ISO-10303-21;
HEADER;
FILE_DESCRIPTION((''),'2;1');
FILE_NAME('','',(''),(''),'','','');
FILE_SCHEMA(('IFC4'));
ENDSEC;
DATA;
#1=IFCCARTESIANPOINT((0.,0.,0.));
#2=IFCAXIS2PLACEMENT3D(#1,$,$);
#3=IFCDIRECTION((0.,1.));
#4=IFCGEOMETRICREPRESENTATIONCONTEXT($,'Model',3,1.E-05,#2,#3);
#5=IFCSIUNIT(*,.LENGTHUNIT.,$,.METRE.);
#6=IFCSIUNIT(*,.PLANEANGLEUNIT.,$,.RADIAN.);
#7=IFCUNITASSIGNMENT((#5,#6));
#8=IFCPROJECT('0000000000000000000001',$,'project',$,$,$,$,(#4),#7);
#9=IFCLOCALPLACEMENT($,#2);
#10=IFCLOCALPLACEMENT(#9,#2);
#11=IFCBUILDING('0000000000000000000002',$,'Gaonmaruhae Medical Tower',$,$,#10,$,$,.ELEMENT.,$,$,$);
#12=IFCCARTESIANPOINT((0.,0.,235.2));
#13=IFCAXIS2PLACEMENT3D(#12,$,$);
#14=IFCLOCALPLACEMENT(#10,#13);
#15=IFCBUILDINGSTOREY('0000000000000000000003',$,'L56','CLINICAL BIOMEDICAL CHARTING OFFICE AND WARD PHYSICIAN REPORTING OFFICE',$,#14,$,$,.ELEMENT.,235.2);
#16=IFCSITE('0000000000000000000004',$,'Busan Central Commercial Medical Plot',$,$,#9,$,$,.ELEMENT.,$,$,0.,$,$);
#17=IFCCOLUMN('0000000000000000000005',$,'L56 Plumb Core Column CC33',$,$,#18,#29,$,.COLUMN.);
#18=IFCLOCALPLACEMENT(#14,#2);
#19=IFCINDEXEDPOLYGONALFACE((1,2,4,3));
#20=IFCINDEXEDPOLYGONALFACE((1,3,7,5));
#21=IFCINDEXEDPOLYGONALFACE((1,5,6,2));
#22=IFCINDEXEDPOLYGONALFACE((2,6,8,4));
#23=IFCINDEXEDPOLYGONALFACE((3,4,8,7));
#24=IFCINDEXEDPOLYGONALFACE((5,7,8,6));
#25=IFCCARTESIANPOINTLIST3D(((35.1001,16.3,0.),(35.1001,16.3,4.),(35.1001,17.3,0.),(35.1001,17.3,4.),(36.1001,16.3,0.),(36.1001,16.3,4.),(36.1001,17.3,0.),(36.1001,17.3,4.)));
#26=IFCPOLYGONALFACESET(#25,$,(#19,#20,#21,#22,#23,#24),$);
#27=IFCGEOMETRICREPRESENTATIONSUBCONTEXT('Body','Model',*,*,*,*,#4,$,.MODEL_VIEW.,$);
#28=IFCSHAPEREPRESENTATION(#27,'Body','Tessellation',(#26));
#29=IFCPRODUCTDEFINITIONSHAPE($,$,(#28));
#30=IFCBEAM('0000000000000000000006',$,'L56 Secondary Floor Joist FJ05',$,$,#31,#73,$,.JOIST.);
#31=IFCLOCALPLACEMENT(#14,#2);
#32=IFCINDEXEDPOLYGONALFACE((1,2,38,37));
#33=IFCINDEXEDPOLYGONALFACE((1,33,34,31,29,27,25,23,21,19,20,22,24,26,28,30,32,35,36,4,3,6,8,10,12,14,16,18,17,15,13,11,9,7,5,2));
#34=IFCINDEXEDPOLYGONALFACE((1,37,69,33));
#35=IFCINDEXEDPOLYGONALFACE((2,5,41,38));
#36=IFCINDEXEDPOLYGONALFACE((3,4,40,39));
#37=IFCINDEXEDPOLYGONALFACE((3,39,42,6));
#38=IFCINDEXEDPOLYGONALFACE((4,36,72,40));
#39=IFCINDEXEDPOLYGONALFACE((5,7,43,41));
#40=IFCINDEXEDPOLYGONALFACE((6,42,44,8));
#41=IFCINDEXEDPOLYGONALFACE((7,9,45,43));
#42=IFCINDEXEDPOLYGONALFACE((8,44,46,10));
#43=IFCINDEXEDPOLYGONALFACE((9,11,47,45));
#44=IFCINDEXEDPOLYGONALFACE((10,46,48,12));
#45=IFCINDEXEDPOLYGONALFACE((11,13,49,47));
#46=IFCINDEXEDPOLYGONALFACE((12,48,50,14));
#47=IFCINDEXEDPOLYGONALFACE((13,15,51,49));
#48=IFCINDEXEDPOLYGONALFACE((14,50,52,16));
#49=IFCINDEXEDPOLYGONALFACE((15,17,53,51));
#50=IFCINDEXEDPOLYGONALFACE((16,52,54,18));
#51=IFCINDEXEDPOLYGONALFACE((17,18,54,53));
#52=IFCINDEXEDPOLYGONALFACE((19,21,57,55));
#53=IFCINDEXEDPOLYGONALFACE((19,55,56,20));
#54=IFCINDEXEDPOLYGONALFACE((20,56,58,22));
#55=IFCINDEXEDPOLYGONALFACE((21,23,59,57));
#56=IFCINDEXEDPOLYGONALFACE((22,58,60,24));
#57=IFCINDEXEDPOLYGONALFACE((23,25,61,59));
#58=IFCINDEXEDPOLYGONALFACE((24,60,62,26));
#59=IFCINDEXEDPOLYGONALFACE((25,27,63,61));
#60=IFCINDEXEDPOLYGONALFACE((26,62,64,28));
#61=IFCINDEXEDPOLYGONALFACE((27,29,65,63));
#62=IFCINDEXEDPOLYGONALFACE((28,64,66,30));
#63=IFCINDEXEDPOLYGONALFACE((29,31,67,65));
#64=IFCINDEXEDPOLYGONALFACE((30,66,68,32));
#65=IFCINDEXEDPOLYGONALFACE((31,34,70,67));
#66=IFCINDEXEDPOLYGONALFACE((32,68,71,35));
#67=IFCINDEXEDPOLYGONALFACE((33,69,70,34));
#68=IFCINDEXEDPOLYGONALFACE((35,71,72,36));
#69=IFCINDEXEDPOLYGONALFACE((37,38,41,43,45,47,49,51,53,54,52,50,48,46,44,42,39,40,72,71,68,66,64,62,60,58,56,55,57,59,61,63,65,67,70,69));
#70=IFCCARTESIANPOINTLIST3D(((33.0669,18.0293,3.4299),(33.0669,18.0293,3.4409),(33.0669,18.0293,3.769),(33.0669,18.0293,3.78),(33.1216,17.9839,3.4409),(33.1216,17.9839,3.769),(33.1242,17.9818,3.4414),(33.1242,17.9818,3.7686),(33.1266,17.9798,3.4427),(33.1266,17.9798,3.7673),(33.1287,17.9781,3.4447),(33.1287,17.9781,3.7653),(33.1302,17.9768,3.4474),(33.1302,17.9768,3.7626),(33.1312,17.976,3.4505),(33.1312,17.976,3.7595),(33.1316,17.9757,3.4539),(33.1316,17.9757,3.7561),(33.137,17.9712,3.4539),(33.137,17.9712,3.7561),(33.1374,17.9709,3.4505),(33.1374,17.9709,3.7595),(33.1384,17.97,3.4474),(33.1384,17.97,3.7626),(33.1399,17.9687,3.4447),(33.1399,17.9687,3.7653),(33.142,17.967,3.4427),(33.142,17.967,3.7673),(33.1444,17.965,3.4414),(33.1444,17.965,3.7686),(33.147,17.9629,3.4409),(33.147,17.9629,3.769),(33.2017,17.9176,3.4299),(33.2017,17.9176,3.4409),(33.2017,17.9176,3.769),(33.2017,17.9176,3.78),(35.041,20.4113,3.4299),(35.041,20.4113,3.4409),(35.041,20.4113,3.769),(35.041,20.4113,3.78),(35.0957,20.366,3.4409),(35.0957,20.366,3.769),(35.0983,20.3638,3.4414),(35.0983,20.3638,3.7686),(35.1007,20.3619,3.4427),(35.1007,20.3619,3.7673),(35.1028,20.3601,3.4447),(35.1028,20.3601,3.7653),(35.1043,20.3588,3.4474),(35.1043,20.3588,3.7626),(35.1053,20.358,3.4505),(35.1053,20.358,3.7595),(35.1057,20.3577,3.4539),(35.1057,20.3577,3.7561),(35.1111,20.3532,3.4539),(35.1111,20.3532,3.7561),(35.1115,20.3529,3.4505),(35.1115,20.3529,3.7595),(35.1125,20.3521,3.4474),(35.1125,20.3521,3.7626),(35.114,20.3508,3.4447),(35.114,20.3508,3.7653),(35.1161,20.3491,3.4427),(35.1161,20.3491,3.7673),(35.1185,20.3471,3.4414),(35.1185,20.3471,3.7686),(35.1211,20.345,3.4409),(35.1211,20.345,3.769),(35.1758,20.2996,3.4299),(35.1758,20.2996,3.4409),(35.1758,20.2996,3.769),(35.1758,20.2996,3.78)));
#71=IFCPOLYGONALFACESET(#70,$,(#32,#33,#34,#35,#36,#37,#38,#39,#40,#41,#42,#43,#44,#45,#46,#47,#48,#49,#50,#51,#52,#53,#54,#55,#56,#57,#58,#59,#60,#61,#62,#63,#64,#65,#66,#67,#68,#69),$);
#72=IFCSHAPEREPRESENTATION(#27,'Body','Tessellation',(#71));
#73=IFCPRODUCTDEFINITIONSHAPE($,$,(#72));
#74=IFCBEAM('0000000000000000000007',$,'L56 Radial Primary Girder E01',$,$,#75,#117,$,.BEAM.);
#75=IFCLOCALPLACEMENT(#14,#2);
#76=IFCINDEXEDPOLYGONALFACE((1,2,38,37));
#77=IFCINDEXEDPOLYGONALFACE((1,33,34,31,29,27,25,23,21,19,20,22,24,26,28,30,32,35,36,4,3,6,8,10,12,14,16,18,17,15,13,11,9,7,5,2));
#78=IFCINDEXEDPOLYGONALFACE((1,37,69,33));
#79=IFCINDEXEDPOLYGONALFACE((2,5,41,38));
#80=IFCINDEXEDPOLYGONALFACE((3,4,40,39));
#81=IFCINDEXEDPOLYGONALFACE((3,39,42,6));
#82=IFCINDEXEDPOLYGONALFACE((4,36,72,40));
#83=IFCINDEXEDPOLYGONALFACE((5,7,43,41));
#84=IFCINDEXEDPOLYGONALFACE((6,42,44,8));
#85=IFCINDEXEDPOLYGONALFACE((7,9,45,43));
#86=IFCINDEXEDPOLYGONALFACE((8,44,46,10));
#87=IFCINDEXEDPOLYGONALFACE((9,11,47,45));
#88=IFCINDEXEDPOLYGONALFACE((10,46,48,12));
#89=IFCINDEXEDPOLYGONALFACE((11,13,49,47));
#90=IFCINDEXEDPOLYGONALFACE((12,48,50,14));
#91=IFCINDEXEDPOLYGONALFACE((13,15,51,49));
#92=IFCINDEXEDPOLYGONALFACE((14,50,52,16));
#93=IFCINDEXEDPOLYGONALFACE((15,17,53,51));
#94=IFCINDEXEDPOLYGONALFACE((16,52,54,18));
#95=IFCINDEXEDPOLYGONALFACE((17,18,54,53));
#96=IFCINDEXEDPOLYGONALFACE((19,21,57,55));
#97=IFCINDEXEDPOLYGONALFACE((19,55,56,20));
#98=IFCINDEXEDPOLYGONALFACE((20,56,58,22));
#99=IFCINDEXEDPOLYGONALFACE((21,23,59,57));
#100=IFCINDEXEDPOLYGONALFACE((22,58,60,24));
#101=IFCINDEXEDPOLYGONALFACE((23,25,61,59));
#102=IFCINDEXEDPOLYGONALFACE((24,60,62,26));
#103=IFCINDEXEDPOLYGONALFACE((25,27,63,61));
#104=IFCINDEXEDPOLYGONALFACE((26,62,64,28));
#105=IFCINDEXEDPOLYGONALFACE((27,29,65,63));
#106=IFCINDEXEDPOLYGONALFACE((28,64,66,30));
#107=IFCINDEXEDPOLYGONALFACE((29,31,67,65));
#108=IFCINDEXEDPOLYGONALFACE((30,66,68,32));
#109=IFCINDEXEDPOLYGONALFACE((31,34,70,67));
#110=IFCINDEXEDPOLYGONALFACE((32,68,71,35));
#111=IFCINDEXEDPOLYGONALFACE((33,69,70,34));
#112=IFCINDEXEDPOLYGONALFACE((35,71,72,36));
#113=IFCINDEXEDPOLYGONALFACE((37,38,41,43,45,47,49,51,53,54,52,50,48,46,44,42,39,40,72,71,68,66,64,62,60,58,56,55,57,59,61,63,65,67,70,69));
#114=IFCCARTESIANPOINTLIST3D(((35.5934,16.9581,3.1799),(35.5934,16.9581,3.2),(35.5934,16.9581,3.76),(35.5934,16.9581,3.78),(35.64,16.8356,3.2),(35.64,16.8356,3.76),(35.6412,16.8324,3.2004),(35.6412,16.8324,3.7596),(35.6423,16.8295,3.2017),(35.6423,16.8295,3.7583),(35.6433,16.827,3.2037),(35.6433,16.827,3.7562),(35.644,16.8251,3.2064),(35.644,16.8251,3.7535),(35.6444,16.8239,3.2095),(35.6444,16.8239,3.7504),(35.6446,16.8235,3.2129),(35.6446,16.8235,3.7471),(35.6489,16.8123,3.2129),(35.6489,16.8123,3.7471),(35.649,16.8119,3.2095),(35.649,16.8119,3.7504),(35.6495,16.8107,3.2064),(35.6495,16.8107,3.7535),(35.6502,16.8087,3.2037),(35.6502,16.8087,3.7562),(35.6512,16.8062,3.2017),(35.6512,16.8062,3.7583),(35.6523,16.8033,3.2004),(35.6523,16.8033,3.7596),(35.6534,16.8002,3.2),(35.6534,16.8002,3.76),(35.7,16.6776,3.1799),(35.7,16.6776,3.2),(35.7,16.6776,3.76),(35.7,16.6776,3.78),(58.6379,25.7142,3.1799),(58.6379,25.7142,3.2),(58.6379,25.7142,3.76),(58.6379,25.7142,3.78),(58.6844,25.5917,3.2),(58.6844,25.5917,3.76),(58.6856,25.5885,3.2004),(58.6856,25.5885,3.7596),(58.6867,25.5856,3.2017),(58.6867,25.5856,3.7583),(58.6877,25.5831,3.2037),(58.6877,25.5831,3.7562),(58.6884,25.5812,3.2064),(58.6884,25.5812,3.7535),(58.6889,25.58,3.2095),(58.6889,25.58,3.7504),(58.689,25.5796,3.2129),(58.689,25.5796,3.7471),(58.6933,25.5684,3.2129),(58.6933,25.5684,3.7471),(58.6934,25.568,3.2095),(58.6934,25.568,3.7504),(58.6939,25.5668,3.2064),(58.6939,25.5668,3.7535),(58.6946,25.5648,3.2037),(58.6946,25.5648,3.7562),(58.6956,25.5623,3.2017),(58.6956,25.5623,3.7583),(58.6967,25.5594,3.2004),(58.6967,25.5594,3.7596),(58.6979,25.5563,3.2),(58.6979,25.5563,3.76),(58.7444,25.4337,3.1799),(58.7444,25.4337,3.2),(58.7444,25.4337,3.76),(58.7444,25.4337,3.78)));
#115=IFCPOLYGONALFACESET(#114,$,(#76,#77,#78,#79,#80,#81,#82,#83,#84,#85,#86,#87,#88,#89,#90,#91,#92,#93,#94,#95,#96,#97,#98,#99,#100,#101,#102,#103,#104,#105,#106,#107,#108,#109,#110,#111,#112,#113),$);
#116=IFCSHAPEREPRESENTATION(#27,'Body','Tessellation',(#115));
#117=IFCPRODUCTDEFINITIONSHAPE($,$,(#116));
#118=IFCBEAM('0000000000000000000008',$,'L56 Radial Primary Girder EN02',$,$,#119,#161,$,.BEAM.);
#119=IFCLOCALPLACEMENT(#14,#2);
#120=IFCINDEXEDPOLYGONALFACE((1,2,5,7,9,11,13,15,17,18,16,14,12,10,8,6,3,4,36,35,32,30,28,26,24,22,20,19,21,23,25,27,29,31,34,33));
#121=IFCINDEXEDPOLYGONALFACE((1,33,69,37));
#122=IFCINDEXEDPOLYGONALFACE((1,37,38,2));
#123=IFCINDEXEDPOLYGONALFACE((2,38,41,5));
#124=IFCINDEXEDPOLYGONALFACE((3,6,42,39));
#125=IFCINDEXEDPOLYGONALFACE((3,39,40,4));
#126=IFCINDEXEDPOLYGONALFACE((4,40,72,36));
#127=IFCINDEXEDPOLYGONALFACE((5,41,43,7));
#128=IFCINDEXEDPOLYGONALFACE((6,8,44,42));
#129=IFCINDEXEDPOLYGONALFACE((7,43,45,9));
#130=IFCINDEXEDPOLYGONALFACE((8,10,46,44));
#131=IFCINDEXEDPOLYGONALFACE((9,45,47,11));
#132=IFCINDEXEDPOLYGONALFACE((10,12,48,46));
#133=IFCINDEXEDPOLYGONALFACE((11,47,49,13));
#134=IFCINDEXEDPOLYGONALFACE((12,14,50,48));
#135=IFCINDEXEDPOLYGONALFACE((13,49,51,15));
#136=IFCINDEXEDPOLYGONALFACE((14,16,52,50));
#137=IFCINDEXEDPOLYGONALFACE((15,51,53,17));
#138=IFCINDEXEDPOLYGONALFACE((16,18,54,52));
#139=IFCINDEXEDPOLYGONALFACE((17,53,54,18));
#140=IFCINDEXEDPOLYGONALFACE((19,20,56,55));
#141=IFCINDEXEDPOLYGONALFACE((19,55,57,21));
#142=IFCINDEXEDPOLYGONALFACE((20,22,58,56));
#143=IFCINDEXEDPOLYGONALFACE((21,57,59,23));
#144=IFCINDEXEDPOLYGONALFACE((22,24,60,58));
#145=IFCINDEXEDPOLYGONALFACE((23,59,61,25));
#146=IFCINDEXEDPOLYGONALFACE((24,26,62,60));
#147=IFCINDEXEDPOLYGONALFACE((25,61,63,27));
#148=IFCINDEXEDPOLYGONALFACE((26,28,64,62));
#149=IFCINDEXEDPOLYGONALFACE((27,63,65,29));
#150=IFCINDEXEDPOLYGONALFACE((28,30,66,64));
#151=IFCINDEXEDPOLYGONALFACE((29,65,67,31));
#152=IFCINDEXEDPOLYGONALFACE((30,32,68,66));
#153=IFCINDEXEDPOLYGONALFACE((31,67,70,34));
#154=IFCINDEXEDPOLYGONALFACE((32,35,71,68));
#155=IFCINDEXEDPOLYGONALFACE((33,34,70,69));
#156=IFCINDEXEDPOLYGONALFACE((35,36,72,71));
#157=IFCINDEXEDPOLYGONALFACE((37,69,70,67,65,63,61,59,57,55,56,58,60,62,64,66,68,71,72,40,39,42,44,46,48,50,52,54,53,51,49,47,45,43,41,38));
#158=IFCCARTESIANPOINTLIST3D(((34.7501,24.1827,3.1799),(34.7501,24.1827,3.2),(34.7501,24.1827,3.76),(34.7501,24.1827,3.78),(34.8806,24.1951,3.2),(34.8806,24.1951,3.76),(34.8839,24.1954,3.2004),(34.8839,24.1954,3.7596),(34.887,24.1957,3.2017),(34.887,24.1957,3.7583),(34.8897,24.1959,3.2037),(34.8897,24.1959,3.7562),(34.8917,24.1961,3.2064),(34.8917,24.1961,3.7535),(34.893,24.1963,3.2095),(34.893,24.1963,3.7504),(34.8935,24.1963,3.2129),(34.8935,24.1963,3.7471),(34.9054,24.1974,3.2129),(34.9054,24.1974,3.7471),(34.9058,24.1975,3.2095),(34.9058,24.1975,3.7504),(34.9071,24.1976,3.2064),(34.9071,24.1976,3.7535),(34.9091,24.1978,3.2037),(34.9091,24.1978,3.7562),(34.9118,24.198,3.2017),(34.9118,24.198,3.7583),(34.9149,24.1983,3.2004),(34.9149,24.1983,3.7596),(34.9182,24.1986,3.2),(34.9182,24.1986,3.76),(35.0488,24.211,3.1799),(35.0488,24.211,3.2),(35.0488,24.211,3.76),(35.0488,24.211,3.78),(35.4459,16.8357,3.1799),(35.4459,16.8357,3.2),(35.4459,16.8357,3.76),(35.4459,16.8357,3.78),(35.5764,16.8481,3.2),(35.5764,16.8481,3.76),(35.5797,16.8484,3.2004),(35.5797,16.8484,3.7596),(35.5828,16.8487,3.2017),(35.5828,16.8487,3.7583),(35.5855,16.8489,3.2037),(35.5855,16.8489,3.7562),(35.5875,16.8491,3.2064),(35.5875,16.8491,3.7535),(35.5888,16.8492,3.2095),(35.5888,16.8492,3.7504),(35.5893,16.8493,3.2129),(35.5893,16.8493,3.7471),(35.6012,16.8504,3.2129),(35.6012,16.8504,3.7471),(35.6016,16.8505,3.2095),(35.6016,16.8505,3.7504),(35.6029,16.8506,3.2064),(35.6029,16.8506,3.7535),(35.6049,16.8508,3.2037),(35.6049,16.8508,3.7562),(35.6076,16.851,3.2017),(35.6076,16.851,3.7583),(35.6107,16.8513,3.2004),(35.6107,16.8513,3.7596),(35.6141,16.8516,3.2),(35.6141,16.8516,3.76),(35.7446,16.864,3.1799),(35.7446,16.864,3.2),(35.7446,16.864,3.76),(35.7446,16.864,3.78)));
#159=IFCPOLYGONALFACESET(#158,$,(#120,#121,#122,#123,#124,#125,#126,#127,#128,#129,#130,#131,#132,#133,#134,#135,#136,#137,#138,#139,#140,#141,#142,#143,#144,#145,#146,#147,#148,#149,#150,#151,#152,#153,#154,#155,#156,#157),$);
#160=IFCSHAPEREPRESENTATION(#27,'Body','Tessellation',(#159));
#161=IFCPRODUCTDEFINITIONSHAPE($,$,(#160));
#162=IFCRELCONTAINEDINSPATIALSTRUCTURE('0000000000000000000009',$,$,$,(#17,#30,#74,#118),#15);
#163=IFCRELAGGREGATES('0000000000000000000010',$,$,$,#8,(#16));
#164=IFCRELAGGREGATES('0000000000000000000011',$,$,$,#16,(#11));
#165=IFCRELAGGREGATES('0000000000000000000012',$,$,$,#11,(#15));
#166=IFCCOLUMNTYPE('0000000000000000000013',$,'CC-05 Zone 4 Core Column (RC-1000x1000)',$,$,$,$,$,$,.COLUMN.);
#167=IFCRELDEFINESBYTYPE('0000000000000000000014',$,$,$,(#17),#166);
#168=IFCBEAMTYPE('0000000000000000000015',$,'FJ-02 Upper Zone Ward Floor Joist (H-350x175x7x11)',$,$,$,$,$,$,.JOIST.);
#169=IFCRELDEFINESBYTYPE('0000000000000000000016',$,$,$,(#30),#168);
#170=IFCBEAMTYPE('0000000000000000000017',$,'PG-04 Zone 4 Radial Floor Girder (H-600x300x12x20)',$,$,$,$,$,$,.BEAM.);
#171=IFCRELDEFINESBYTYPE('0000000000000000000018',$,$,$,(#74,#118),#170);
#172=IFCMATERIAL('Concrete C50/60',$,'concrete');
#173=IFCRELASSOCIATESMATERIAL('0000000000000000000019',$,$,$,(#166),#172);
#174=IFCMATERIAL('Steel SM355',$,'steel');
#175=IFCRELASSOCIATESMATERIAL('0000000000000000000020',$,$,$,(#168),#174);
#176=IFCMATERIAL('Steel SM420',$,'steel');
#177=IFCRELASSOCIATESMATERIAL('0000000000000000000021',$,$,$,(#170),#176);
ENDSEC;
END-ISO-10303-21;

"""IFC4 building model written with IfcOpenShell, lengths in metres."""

from ifc_helpers import new_model, si_unit, direction, frame, origin, origin_2d, place, context, subcontext, project, spatial, rectangle, i_section, extrude, material, material_profile, profile_set, type_object, element, save


model = new_model("IFC4")

# Units and contexts
model_context = context("Model", 3, precision=1e-05, world=origin(), true_north=direction((0.0, 1.0)))
body_context = subcontext(model_context, "Body", "Model", "MODEL_VIEW")
ifc_project = project(units=[si_unit("LENGTHUNIT", "METRE"), si_unit("PLANEANGLEUNIT", "RADIAN")], contexts=[model_context])

# Site, building, storey
site_placement = place(None, origin())
site = spatial("IfcSite", under=ifc_project, at=site_placement, Name="Busan Central Commercial Medical Plot", CompositionType="ELEMENT", RefElevation=0.0)
building_placement = place(site_placement, origin())
building = spatial("IfcBuilding", under=site, at=building_placement, Name="Gaonmaruhae Medical Tower", CompositionType="ELEMENT")
storey_placement = place(building_placement, frame((0.0, 0.0, 235.2)))
storey = spatial("IfcBuildingStorey", under=building, at=storey_placement, Name="L56", Description="CLINICAL BIOMEDICAL CHARTING OFFICE AND WARD PHYSICIAN REPORTING OFFICE", CompositionType="ELEMENT", Elevation=235.2)

# Column
ifc_material_1 = material(Name="Concrete C50/60", Category="concrete")
ifc_material_profile_1 = material_profile(ifc_material_1, rectangle(XDim=1.0, YDim=1.0, at=origin_2d()), Name="RC-1000x1000")
ifc_profile_set_1 = profile_set([ifc_material_profile_1], Name="Concrete C50/60")
column_type = type_object("IfcColumnType", Name="CC-05 Zone 4 Core Column (RC-1000x1000)", PredefinedType="COLUMN", material=ifc_profile_set_1)
column_placement = place(storey_placement, frame((35.6001, 16.8, 0.0), z_axis=(0.0, 0.0, 1.0), x_axis=(1.0, 0.0, 0.0)))
element("IfcColumn", 1, at=column_placement, inside=storey, type_object=column_type, Name="L56 Plumb Core Column CC33", PredefinedType="COLUMN", context=body_context, shape_type="SweptSolid", body=[
    extrude(rectangle(XDim=1.0, YDim=1.0, at=origin_2d()), origin(), (0.0, 0.0, 1.0), 4.0),
])

# Beams
ifc_material_2 = material(Name="Steel SM355", Category="steel")
ifc_material_profile_2 = material_profile(ifc_material_2, i_section(OverallWidth=0.175, OverallDepth=0.3501, WebThickness=0.0071, FlangeThickness=0.011, FilletRadius=0.0129, at=origin_2d()), Name="H-350x175x7x11")
ifc_profile_set_2 = profile_set([ifc_material_profile_2], Name="Steel SM355")
beam_type_1 = type_object("IfcBeamType", Name="FJ-02 Upper Zone Ward Floor Joist (H-350x175x7x11)", PredefinedType="JOIST", material=ifc_profile_set_2)
beam_1_placement = place(storey_placement, frame((35.1084, 20.3555, 3.605), z_axis=(-0.638094, -0.769958, 0.0), x_axis=(0.769958, -0.638094, 0.0)))
element("IfcBeam", 2, at=beam_1_placement, inside=storey, type_object=beam_type_1, Name="L56 Secondary Floor Joist FJ05", PredefinedType="JOIST", context=body_context, shape_type="SweptSolid", body=[
    extrude(i_section(OverallWidth=0.175, OverallDepth=0.3501, WebThickness=0.0071, FlangeThickness=0.011, FilletRadius=0.0129, at=origin_2d()), origin(), (0.0, 0.0, 1.0), 3.0938),
])
ifc_material_3 = material(Name="Steel SM420", Category="steel")
ifc_material_profile_3 = material_profile(ifc_material_3, i_section(OverallWidth=0.3, OverallDepth=0.6001, WebThickness=0.012, FlangeThickness=0.02, FilletRadius=0.0129, at=origin_2d()), Name="H-600x300x12x20")
ifc_profile_set_3 = profile_set([ifc_material_profile_3], Name="Steel SM420")
beam_type_2 = type_object("IfcBeamType", Name="PG-04 Zone 4 Radial Floor Girder (H-600x300x12x20)", PredefinedType="BEAM", material=ifc_profile_set_3)
beam_2_placement = place(storey_placement, frame((35.6467, 16.8179, 3.48), z_axis=(0.934794, 0.35519, 0.0), x_axis=(-0.35519, 0.934794, 0.0)))
element("IfcBeam", 3, at=beam_2_placement, inside=storey, type_object=beam_type_2, Name="L56 Radial Primary Girder E01", PredefinedType="BEAM", context=body_context, shape_type="SweptSolid", body=[
    extrude(i_section(OverallWidth=0.3, OverallDepth=0.6001, WebThickness=0.012, FlangeThickness=0.02, FilletRadius=0.0129, at=origin_2d()), origin(), (0.0, 0.0, 1.0), 24.6519),
])
beam_3_placement = place(storey_placement, frame((35.5952, 16.8499, 3.48), z_axis=(-0.094285, 0.995545, 0.0), x_axis=(-0.995545, -0.094285, 0.0)))
element("IfcBeam", 4, at=beam_3_placement, inside=storey, type_object=beam_type_2, Name="L56 Radial Primary Girder EN02", PredefinedType="BEAM", context=body_context, shape_type="SweptSolid", body=[
    extrude(i_section(OverallWidth=0.3, OverallDepth=0.6001, WebThickness=0.012, FlangeThickness=0.02, FilletRadius=0.0129, at=origin_2d()), origin(), (0.0, 0.0, 1.0), 7.3799),
])

save(model, "model.ifc")
